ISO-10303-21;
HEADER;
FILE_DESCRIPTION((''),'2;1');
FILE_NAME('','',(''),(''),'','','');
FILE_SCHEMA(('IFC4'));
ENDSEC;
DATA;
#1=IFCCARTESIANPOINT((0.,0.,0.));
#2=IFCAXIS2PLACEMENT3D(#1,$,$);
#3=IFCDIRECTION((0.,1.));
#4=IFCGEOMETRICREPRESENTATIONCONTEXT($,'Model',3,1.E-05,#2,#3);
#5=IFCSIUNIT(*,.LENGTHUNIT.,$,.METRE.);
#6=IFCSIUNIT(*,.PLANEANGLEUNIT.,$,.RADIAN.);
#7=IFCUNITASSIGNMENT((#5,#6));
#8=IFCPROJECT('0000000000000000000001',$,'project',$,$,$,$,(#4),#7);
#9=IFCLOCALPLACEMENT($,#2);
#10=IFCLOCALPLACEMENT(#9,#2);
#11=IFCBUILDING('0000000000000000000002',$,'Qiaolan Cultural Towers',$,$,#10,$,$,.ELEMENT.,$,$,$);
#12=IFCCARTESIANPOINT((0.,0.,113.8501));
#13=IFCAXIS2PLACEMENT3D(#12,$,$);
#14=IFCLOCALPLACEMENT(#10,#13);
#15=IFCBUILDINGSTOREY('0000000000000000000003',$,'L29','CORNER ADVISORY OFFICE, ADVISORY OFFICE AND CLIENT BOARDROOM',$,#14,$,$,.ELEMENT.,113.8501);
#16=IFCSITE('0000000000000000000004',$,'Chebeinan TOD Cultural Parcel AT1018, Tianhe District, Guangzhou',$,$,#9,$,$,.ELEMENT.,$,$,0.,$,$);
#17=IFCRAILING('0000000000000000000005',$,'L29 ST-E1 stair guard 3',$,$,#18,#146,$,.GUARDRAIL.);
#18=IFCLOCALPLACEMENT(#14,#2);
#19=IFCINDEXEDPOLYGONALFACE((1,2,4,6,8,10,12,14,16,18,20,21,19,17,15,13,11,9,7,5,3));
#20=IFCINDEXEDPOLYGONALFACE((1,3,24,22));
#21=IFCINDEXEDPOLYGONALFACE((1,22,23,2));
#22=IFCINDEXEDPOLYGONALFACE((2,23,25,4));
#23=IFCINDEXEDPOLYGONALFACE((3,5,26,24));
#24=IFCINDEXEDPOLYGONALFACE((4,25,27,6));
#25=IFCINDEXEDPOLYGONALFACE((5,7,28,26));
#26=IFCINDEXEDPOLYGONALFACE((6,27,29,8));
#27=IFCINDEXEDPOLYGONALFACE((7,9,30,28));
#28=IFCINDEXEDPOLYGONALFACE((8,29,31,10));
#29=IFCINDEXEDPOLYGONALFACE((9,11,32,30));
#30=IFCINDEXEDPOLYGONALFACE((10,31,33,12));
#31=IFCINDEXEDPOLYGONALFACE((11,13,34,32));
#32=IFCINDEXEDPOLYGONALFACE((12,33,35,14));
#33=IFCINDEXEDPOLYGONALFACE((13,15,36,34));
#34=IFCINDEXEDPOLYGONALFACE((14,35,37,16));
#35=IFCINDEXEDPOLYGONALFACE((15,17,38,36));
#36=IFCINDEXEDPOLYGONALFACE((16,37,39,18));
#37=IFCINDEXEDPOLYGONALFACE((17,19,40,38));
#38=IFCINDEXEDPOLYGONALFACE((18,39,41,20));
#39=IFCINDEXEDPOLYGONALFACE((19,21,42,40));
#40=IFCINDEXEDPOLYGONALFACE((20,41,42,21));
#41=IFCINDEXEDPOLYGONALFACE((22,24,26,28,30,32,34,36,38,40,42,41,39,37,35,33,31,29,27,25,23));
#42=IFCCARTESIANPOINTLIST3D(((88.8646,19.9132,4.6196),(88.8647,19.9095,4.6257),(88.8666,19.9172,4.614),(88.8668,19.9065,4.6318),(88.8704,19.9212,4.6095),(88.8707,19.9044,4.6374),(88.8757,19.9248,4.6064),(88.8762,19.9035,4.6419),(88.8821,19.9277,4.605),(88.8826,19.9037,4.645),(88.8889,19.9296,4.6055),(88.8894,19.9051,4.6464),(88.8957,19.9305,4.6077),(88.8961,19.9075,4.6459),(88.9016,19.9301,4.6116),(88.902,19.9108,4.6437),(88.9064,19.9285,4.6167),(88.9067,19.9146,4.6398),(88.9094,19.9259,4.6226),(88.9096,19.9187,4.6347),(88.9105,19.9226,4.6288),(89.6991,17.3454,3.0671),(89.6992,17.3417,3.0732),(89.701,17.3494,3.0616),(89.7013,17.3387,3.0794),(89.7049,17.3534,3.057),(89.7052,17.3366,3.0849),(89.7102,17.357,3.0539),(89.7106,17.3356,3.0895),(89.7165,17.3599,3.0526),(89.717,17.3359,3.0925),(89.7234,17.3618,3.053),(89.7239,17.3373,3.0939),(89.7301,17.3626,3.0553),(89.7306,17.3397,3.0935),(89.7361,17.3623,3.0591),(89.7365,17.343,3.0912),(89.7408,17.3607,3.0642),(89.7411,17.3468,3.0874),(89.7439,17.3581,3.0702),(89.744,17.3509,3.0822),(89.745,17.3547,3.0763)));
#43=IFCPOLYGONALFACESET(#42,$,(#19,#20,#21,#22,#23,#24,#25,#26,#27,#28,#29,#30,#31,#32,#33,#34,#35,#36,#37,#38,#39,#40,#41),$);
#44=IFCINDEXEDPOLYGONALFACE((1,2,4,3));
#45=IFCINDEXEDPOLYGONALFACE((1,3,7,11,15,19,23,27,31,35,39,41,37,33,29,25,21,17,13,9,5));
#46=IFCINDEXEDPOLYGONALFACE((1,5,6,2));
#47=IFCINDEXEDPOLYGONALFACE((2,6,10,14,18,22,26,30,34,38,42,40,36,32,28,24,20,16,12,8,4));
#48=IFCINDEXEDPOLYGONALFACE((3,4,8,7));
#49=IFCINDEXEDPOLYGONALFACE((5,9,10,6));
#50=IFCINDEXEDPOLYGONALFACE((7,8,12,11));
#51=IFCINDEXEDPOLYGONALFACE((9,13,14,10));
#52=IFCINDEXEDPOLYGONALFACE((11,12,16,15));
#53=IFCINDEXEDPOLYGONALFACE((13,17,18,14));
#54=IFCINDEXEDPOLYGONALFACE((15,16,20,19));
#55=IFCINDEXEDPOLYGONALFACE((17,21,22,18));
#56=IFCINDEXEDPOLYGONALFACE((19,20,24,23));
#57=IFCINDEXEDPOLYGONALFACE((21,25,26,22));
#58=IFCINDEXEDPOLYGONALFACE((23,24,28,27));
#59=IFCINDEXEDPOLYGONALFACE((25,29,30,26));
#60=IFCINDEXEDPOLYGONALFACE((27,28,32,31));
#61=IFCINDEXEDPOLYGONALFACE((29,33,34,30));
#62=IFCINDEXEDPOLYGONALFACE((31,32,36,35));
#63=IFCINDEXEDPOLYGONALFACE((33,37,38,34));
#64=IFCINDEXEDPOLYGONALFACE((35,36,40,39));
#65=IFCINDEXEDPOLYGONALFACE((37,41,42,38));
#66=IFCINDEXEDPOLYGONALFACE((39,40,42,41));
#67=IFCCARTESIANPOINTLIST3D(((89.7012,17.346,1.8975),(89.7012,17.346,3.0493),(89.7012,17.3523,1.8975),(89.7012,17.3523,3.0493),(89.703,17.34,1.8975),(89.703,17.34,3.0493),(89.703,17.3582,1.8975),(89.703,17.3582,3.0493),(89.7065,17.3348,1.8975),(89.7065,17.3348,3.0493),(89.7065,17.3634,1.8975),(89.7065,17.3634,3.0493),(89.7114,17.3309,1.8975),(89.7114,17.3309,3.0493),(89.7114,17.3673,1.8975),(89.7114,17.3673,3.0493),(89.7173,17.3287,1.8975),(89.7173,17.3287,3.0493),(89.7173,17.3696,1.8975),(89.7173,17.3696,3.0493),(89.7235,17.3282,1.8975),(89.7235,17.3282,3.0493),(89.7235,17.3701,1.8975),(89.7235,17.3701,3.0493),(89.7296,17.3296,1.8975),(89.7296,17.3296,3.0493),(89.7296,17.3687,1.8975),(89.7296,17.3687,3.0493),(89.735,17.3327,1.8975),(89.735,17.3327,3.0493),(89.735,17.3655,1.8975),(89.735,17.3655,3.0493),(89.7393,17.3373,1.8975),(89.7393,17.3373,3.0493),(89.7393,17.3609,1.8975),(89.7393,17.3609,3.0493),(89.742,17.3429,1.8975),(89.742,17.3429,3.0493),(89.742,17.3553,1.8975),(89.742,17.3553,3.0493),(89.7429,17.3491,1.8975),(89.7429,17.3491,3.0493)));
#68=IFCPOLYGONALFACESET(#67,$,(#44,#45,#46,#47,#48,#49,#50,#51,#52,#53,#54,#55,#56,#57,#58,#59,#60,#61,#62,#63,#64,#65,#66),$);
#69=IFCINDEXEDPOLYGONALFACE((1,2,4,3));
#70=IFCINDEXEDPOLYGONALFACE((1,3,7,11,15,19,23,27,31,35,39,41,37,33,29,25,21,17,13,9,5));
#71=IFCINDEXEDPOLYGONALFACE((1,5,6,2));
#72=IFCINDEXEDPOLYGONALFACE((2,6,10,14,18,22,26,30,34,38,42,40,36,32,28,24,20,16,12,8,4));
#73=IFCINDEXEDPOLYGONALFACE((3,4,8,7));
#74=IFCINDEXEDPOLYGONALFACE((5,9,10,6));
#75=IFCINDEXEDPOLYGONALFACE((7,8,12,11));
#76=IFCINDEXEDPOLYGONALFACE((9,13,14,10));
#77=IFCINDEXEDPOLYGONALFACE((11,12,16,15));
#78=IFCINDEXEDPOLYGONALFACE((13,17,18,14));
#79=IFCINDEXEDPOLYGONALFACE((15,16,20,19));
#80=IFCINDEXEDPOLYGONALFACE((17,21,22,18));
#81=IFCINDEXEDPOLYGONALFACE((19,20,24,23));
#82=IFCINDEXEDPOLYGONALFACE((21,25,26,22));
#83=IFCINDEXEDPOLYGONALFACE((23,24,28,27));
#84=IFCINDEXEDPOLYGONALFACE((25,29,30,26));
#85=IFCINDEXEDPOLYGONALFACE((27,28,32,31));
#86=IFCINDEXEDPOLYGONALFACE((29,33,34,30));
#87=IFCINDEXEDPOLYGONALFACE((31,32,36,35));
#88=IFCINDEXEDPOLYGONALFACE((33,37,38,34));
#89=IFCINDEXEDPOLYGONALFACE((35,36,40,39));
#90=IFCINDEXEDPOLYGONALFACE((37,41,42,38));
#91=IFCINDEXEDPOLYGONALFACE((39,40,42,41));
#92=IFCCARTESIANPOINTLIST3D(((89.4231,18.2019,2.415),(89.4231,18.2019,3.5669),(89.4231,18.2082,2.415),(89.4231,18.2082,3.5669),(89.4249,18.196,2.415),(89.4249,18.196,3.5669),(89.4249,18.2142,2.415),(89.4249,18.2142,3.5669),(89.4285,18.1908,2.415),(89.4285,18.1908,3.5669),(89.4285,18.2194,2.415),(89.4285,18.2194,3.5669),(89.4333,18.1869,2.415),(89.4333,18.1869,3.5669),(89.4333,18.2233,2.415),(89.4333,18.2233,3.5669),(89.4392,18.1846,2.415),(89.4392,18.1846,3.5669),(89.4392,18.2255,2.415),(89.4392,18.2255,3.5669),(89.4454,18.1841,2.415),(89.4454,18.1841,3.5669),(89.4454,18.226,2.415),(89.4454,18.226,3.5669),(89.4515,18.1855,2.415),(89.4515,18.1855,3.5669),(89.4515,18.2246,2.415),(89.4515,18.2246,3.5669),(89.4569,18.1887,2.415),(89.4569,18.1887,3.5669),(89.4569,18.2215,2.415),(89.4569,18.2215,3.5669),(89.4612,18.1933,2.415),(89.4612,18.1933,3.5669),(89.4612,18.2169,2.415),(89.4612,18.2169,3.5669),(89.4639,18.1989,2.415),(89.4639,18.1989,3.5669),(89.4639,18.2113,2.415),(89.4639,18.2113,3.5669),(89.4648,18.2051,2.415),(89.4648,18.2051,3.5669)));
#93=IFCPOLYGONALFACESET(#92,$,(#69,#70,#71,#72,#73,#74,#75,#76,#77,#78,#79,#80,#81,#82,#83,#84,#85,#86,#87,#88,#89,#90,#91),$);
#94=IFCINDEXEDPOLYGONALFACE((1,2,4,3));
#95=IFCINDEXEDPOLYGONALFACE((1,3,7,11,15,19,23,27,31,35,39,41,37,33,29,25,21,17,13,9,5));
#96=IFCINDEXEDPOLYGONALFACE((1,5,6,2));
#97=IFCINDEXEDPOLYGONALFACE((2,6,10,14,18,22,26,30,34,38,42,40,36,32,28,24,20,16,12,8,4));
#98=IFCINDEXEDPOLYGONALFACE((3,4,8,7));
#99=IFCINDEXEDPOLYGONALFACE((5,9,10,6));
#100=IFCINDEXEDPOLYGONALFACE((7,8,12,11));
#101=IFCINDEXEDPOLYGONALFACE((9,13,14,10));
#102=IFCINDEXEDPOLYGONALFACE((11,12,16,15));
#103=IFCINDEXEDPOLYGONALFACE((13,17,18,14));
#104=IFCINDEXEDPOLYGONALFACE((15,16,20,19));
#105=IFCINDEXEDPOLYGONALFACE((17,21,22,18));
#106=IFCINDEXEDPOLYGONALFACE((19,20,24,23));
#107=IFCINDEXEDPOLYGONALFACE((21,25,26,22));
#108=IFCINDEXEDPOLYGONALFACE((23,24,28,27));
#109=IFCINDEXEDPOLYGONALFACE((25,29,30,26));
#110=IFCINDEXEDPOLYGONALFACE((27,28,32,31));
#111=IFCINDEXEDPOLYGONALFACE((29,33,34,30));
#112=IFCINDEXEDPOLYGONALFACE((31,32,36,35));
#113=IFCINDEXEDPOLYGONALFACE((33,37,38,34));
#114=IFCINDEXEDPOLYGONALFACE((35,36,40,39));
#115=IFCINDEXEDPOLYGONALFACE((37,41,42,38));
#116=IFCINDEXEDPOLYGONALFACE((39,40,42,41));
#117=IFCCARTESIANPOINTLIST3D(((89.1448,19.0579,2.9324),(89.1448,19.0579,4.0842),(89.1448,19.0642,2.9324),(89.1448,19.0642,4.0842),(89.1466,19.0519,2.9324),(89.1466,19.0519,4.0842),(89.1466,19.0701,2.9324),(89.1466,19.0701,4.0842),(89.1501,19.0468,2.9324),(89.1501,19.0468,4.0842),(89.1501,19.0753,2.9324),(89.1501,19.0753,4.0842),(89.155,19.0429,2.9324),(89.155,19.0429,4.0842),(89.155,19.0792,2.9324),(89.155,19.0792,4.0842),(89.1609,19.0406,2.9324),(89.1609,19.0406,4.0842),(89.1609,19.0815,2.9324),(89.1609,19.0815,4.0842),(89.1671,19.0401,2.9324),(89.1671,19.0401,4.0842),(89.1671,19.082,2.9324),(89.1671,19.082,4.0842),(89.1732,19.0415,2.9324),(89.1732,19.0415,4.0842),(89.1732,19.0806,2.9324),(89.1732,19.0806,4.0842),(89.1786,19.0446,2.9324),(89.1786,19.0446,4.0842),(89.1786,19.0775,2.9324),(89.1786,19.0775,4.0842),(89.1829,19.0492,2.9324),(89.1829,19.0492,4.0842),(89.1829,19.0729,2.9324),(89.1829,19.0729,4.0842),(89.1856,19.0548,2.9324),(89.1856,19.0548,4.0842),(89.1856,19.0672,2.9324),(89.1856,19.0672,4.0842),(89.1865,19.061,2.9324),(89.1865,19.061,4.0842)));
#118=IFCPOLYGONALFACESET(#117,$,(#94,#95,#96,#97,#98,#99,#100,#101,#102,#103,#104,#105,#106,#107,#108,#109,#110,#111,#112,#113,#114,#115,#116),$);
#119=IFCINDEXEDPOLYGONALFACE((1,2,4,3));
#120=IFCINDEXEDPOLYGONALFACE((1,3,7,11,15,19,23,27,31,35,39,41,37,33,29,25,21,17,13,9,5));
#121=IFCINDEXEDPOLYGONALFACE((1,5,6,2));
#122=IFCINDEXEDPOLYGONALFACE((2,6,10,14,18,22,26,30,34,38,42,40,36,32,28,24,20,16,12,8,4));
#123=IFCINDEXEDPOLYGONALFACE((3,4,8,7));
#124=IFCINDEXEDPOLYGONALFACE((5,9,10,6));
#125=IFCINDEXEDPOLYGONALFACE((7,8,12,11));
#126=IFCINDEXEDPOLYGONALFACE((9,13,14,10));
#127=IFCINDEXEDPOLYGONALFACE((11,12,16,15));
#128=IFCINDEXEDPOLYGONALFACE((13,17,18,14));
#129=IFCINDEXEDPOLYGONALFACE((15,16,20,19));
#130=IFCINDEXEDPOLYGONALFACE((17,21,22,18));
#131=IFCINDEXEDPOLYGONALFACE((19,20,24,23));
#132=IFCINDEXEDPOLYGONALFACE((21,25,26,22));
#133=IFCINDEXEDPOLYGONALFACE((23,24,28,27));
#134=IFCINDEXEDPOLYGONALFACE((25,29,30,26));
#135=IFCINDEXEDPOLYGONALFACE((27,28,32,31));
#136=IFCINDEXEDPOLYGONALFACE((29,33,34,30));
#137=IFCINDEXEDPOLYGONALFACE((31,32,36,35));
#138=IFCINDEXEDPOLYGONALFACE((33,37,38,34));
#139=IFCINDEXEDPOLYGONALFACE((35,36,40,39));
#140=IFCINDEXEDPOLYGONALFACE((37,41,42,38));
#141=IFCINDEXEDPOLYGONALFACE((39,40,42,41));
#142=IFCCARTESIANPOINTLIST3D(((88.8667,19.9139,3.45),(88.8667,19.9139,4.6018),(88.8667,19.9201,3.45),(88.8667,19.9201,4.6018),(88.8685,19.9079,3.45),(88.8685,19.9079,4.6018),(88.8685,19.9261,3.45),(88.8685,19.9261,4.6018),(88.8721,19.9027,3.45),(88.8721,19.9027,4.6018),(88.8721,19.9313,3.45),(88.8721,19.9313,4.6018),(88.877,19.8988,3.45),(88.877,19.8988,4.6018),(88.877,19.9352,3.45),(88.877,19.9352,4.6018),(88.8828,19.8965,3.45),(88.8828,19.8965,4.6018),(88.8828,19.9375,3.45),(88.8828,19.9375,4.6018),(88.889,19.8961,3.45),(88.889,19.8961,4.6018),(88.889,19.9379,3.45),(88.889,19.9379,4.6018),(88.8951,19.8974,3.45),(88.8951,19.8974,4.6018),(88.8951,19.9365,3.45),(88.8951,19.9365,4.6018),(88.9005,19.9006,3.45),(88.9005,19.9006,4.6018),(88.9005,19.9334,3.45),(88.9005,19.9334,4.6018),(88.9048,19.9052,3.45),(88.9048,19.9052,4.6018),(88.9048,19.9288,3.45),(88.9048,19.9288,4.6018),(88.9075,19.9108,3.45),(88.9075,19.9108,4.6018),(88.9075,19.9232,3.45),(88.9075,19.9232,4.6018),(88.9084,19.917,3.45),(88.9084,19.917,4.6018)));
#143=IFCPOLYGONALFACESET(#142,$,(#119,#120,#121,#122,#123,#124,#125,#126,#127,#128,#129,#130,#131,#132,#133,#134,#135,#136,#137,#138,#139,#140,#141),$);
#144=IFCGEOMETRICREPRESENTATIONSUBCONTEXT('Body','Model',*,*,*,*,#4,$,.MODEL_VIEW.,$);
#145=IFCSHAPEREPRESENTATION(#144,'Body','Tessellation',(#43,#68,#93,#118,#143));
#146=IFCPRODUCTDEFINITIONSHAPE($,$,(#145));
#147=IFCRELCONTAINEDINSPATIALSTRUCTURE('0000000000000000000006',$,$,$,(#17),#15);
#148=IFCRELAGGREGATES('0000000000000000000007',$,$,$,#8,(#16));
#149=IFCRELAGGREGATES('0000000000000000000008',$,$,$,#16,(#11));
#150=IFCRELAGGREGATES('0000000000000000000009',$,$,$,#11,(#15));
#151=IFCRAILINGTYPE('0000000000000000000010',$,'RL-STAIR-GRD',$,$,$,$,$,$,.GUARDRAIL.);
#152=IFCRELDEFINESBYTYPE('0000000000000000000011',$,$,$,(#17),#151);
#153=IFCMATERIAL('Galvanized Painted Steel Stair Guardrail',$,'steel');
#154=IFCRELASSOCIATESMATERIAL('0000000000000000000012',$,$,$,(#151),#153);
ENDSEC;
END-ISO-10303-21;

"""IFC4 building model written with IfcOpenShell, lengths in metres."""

from ifc_helpers import new_model, si_unit, direction, frame, origin, origin_2d, place, context, subcontext, project, spatial, circle, extrude, material, type_object, element, save


model = new_model("IFC4")

# Units and contexts
model_context = context("Model", 3, precision=1e-05, world=origin(), true_north=direction((0.0, 1.0)))
body_context = subcontext(model_context, "Body", "Model", "MODEL_VIEW")
ifc_project = project(units=[si_unit("LENGTHUNIT", "METRE"), si_unit("PLANEANGLEUNIT", "RADIAN")], contexts=[model_context])

# Site, building, storey
site_placement = place(None, origin())
site = spatial("IfcSite", under=ifc_project, at=site_placement, Name="Chebeinan TOD Cultural Parcel AT1018, Tianhe District, Guangzhou", CompositionType="ELEMENT", RefElevation=0.0)
building_placement = place(site_placement, origin())
building = spatial("IfcBuilding", under=site, at=building_placement, Name="Qiaolan Cultural Towers", CompositionType="ELEMENT")
storey_placement = place(building_placement, frame((0.0, 0.0, 113.8501)))
storey = spatial("IfcBuildingStorey", under=building, at=storey_placement, Name="L29", Description="CORNER ADVISORY OFFICE, ADVISORY OFFICE AND CLIENT BOARDROOM", CompositionType="ELEMENT", Elevation=113.8501)

# Railing
ifc_material_1 = material(Name="Galvanized Painted Steel Stair Guardrail", Category="steel")
railing_type_1 = type_object("IfcRailingType", Name="RL-STAIR-GRD", PredefinedType="GUARDRAIL", material=ifc_material_1)
railing_1_placement = place(storey_placement, frame((89.7219, 17.3491, 1.8975)))
element("IfcRailing", 1, at=railing_1_placement, inside=storey, type_object=railing_type_1, Name="L29 ST-E1 stair guard 3", PredefinedType="GUARDRAIL", context=body_context, shape_type="SweptSolid", body=[
    extrude(circle(Radius=0.0239, at=origin_2d()), frame((0.0, 0.0, 1.1758), z_axis=(-0.267926, 0.824471, 0.498461), x_axis=(-0.951043, -0.309057, 0.0)), (0.0, 0.0, 1.0), 3.1145),
    extrude(circle(Radius=0.021, at=origin_2d()), origin(), (0.0, 0.0, 1.0), 1.1519),
    extrude(circle(Radius=0.021, at=origin_2d()), frame((-0.2781, 0.856, 0.5176)), (0.0, 0.0, 1.0), 1.1519),
    extrude(circle(Radius=0.021, at=origin_2d()), frame((-0.5564, 1.7119, 1.0349)), (0.0, 0.0, 1.0), 1.1519),
    extrude(circle(Radius=0.021, at=origin_2d()), frame((-0.8345, 2.5679, 1.5525)), (0.0, 0.0, 1.0), 1.1519),
])

save(model, "model.ifc")
